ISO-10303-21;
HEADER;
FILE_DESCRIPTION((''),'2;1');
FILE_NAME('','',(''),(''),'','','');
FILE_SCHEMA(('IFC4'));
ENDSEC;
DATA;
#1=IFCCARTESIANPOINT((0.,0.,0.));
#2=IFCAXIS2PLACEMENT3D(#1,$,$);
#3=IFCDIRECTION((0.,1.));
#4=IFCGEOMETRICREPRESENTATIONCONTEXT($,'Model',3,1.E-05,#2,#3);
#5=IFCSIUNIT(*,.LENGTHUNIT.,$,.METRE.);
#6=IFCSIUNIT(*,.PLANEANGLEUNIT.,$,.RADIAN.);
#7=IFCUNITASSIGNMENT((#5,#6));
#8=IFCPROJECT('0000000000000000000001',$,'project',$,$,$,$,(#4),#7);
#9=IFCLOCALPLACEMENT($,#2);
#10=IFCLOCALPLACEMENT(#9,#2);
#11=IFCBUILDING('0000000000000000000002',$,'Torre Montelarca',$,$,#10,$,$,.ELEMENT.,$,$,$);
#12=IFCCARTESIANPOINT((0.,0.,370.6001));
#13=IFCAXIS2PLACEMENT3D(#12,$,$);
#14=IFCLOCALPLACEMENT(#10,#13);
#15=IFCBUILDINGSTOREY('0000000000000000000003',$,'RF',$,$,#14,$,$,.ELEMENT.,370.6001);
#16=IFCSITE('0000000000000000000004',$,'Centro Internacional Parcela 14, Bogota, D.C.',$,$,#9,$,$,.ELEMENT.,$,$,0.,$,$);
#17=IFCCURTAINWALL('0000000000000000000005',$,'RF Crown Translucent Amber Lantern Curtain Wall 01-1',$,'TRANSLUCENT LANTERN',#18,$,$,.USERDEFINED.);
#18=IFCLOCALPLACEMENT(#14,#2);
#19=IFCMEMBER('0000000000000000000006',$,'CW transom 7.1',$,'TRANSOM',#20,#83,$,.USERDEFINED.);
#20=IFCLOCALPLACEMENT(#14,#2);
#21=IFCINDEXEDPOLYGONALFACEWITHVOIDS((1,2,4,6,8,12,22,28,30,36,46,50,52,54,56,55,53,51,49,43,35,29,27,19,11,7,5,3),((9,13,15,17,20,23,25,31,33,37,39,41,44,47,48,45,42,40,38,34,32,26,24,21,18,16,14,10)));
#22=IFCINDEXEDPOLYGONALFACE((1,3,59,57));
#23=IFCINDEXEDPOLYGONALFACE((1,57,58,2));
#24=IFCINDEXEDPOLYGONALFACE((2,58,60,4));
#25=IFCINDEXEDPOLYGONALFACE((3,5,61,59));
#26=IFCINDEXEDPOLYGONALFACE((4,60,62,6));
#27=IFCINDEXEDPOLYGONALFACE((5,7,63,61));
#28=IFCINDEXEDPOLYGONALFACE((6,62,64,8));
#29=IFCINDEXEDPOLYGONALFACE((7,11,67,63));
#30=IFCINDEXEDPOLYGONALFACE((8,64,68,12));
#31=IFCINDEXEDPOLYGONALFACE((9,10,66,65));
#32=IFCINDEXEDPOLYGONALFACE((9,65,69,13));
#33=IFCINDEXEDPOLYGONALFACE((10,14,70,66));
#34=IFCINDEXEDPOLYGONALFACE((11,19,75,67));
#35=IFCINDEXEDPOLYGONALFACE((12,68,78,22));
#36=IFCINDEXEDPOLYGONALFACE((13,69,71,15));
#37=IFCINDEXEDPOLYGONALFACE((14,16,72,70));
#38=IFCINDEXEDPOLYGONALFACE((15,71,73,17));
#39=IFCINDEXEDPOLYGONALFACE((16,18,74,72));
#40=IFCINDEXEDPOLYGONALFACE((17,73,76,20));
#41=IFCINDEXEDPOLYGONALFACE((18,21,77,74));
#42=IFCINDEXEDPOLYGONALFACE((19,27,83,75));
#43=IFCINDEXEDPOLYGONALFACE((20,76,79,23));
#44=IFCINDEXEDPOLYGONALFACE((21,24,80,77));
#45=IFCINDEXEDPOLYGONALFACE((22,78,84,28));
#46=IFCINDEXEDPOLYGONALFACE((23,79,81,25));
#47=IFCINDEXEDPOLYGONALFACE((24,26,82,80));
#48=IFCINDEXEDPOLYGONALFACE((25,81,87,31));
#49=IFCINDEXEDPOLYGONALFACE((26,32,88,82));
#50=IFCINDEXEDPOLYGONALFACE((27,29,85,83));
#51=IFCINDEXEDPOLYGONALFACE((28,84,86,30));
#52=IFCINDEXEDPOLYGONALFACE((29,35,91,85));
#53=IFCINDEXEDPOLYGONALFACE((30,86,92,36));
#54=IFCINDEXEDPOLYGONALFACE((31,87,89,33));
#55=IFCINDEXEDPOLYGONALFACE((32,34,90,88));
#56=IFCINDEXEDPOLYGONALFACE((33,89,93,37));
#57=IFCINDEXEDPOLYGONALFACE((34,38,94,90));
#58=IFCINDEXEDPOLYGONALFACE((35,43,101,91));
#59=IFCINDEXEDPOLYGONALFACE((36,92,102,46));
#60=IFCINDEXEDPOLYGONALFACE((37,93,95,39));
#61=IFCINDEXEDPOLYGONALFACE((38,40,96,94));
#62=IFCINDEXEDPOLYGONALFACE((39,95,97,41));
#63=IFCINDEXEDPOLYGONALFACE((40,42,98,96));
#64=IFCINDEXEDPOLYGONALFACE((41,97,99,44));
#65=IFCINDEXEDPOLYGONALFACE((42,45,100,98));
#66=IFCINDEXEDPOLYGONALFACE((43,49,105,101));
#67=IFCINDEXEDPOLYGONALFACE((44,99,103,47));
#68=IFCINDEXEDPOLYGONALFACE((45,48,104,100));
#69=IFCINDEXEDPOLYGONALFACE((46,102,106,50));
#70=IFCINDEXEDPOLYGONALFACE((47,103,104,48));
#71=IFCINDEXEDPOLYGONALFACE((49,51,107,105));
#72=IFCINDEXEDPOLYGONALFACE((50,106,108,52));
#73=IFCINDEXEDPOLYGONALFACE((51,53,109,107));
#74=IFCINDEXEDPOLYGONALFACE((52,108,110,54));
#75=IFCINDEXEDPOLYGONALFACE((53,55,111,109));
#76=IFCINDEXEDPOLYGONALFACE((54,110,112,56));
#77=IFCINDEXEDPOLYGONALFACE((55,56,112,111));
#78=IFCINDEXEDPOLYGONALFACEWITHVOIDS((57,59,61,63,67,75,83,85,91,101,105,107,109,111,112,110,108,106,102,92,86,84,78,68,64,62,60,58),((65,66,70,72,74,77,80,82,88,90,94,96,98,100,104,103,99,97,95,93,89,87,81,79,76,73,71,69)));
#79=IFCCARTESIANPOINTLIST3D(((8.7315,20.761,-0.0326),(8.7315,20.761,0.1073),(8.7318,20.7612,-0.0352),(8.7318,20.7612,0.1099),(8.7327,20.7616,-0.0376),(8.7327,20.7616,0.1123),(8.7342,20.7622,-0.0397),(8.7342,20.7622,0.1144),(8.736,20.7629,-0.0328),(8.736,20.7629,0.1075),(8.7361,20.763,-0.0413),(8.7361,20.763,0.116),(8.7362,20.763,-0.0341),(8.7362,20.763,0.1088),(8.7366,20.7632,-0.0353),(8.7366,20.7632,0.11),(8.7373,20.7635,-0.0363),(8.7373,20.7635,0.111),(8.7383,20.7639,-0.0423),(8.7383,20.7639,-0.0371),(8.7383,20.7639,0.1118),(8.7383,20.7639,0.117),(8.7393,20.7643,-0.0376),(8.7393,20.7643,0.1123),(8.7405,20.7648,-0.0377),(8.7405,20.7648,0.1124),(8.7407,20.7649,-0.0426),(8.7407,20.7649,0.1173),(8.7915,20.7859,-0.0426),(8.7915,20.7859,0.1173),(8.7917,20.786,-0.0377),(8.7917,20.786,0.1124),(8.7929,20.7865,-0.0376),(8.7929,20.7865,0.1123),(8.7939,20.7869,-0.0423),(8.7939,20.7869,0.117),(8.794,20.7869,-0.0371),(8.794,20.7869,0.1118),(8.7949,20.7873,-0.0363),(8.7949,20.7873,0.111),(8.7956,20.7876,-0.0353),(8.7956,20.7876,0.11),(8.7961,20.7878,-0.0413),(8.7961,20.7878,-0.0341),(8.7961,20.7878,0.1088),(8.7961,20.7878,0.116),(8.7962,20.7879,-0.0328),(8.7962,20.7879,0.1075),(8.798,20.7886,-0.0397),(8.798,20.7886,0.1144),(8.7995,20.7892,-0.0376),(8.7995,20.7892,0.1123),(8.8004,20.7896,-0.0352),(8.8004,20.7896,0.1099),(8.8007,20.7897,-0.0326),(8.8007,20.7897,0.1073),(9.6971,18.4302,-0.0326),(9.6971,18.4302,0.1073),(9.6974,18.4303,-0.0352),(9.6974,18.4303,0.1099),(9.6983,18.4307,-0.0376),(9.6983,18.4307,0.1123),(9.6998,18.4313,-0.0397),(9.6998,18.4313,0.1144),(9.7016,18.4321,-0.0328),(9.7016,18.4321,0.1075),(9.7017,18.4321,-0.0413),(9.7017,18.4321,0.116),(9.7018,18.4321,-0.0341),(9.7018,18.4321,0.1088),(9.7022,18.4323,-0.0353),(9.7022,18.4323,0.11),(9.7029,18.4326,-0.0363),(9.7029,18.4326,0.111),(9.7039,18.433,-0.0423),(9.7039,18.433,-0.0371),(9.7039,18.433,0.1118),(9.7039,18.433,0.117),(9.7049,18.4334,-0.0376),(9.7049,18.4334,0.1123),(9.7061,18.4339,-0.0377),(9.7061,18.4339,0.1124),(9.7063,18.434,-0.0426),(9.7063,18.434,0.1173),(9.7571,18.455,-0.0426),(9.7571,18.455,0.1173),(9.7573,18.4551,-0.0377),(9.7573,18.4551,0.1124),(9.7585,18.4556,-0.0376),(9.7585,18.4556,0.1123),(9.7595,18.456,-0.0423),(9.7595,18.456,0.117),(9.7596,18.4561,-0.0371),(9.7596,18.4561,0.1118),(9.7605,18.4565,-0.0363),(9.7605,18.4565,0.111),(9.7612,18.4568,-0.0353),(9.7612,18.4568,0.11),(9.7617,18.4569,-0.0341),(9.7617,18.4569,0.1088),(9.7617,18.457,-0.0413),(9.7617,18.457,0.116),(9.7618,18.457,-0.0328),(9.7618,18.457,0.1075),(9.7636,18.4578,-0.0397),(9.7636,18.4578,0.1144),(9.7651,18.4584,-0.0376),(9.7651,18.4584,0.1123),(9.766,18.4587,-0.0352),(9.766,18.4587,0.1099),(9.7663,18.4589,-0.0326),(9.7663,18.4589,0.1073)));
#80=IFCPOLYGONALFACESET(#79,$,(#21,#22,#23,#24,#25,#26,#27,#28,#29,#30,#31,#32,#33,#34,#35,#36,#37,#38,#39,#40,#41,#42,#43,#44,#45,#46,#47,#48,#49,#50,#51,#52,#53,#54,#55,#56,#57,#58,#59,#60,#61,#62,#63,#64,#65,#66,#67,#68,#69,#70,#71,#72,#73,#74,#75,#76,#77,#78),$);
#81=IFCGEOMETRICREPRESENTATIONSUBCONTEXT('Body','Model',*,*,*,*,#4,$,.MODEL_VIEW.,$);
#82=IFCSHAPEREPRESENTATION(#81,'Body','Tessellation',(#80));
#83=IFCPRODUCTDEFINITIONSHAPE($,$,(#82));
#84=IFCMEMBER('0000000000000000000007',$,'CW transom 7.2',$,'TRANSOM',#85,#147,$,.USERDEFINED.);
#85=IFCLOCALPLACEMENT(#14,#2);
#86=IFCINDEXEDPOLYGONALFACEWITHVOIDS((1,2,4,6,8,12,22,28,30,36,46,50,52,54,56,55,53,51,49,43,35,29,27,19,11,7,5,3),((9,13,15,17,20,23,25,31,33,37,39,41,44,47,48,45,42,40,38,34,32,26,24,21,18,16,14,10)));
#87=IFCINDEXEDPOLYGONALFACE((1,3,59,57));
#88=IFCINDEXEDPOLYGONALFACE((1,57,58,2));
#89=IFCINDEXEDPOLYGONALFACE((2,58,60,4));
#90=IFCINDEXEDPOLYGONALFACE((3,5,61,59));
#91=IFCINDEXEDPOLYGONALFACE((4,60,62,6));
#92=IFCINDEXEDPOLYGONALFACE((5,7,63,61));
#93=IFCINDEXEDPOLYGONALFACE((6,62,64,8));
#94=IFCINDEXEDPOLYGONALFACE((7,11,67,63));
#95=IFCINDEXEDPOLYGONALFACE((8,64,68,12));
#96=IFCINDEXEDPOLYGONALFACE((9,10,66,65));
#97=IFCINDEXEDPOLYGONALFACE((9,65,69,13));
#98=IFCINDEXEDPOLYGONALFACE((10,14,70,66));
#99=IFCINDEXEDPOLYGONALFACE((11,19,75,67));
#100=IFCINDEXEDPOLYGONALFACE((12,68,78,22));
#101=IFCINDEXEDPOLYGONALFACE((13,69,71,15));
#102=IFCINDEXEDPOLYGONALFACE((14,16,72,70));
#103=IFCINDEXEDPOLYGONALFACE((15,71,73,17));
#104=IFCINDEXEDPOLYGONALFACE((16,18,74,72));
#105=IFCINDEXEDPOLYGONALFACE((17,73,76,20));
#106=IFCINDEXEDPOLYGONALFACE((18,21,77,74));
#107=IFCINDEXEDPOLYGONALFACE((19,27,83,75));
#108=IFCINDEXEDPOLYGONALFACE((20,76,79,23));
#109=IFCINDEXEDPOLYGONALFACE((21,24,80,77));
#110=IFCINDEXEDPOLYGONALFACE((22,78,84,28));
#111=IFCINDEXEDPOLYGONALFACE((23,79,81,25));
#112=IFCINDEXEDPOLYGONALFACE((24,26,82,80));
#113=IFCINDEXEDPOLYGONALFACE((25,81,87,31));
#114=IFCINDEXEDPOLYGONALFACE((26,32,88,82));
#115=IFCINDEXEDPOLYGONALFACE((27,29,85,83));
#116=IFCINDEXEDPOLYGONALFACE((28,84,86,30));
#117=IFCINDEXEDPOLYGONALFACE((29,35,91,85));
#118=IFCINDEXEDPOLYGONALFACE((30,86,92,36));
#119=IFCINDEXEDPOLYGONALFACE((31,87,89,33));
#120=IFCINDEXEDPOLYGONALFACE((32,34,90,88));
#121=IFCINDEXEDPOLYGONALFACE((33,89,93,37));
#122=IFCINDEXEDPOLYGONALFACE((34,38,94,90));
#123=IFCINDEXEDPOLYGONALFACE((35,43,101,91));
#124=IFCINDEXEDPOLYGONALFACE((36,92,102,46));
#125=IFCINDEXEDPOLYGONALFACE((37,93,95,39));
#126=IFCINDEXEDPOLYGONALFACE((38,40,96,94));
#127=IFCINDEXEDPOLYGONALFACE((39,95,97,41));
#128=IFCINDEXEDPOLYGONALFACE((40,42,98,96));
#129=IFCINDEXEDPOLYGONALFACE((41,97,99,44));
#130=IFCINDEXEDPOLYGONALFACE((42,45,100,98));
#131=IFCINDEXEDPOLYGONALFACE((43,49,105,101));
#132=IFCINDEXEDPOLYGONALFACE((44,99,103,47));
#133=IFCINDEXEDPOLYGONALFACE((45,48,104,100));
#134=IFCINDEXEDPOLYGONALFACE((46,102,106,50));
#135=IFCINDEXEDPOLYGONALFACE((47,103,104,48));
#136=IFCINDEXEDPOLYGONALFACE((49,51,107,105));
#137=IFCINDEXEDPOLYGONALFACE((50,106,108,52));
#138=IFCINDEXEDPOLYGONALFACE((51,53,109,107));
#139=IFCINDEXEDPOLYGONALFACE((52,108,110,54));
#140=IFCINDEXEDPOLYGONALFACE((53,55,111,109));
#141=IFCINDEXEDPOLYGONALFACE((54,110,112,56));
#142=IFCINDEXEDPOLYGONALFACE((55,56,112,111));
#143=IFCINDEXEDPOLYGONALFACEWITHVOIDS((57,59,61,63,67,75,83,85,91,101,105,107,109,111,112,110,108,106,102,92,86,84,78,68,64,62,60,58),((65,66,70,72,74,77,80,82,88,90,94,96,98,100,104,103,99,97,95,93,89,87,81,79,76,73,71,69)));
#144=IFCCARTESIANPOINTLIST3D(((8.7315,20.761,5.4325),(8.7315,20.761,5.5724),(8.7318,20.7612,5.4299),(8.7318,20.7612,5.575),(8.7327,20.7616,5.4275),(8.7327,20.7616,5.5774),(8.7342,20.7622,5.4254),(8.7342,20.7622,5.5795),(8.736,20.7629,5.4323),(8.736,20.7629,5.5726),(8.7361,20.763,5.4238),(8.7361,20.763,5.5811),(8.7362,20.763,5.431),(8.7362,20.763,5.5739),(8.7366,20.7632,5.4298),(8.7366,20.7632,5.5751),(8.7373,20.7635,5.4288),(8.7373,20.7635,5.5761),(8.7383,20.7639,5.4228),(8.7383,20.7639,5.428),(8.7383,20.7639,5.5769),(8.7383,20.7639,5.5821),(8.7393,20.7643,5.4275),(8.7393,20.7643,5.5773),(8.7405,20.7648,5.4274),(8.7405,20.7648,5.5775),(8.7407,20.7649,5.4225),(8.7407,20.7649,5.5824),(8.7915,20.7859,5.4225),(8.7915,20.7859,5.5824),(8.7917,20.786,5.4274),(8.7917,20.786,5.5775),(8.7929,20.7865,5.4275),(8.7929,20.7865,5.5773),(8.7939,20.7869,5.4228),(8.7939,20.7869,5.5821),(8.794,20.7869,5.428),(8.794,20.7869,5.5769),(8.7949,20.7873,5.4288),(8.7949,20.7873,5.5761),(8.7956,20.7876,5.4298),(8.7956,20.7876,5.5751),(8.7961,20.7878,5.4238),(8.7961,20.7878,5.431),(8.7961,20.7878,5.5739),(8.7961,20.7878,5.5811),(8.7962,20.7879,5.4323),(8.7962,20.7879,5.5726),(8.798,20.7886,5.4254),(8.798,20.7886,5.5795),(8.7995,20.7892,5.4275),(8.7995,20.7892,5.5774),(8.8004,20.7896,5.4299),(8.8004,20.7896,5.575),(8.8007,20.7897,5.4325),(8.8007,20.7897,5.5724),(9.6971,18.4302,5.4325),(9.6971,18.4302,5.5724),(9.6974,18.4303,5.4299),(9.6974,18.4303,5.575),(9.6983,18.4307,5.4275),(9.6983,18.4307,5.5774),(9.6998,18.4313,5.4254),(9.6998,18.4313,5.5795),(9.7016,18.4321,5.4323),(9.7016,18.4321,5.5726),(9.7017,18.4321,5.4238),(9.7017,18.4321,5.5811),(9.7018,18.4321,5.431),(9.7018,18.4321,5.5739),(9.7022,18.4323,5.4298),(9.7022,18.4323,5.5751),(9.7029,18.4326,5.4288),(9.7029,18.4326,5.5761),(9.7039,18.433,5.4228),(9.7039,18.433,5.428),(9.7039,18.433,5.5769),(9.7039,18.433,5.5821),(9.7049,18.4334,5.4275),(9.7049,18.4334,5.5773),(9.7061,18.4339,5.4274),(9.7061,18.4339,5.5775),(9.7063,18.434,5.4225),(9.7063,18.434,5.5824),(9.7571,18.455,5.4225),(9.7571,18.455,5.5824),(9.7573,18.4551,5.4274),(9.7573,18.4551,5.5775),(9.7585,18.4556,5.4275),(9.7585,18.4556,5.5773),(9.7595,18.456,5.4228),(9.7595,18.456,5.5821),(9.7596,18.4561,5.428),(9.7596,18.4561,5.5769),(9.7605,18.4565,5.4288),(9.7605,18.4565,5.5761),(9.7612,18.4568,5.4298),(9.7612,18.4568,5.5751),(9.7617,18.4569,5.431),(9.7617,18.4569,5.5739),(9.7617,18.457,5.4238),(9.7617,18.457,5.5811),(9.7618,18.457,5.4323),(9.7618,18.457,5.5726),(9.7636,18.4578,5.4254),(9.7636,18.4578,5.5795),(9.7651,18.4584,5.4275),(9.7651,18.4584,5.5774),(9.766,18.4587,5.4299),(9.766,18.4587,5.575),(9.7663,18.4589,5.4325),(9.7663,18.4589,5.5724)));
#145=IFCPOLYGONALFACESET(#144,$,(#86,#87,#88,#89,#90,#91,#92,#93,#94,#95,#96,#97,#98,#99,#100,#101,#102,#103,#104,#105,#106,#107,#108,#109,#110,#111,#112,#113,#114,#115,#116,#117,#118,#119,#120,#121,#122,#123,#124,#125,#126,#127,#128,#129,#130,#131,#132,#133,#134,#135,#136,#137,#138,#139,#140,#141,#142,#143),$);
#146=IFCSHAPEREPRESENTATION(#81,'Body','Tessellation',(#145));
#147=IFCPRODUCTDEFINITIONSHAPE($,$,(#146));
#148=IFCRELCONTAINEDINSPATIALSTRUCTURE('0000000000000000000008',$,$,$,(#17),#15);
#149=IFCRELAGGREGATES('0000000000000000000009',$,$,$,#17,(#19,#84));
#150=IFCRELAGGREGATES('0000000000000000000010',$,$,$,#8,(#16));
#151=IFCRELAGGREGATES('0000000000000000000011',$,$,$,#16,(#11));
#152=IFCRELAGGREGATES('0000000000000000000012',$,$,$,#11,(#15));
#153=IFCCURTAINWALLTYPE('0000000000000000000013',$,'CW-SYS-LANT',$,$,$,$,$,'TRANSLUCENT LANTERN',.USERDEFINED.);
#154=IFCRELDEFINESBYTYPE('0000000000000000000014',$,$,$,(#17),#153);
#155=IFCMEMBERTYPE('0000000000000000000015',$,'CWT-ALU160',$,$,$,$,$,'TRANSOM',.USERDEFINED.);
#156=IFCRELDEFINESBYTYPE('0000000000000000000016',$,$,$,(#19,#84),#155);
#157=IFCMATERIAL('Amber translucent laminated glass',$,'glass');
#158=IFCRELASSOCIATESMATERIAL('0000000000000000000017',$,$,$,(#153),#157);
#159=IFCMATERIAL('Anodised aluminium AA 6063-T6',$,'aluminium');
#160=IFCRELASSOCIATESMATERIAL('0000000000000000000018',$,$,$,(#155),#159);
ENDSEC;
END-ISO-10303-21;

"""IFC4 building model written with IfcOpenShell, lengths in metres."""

from ifc_helpers import new_model, si_unit, direction, frame, origin, origin_2d, place, context, subcontext, project, spatial, hollow_rectangle, extrude, source, transform, mapped, material, material_profile, profile_set, type_object, element, aggregate, save


model = new_model("IFC4")

# Units and contexts
model_context = context("Model", 3, precision=1e-05, world=origin(), true_north=direction((0.0, 1.0)))
body_context = subcontext(model_context, "Body", "Model", "MODEL_VIEW")
ifc_project = project(units=[si_unit("LENGTHUNIT", "METRE"), si_unit("PLANEANGLEUNIT", "RADIAN")], contexts=[model_context])

# Site, building, storey
site_placement = place(None, origin())
site = spatial("IfcSite", under=ifc_project, at=site_placement, Name="Centro Internacional Parcela 14, Bogota, D.C.", CompositionType="ELEMENT", RefElevation=0.0)
building_placement = place(site_placement, origin())
building = spatial("IfcBuilding", under=site, at=building_placement, Name="Torre Montelarca", CompositionType="ELEMENT")
storey_placement = place(building_placement, frame((0.0, 0.0, 370.6001)))
storey = spatial("IfcBuildingStorey", under=building, at=storey_placement, Name="RF", CompositionType="ELEMENT", Elevation=370.6001)

# Curtain wall
ifc_material_1 = material(Name="Amber translucent laminated glass", Category="glass")
curtain_wall_type = type_object("IfcCurtainWallType", Name="CW-SYS-LANT", ElementType="TRANSLUCENT LANTERN", PredefinedType="USERDEFINED", material=ifc_material_1)
curtain_wall_1_placement = place(storey_placement, origin())
curtain_wall_1 = element("IfcCurtainWall", 1, at=curtain_wall_1_placement, inside=storey, type_object=curtain_wall_type, Name="RF Crown Translucent Amber Lantern Curtain Wall 01-1", ObjectType="TRANSLUCENT LANTERN", PredefinedType="USERDEFINED")
ifc_material_2 = material(Name="Anodised aluminium AA 6063-T6", Category="aluminium")

# Members
ifc_material_profile_1 = material_profile(ifc_material_2, hollow_rectangle(XDim=0.075, YDim=0.1599, WallThickness=0.0049, InnerFilletRadius=0.0049, OuterFilletRadius=0.01, at=origin_2d()), Name="ALU75X160X5", Category="aluminium")
ifc_profile_set_1 = profile_set([ifc_material_profile_1], Name="Anodised aluminium AA 6063-T6")
member_type_1 = type_object("IfcMemberType", Name="CWT-ALU160", ElementType="TRANSOM", PredefinedType="USERDEFINED", material=ifc_profile_set_1)
shared_shape_1 = source(origin(), body_context, "Body", "SweptSolid", [
    extrude(hollow_rectangle(XDim=0.075, YDim=0.1599, WallThickness=0.0049, InnerFilletRadius=0.0049, OuterFilletRadius=0.01, at=origin_2d()), origin(), (0.0, 0.0, 1.0), 2.5229),
])
member_1_placement = place(storey_placement, frame((8.7661, 20.7754, 0.0374), z_axis=(0.382725, -0.923862, 0.0), x_axis=(0.923862, 0.382725, 0.0)))
member_1 = element("IfcMember", 2, at=member_1_placement, type_object=member_type_1, Name="CW transom 7.1", ObjectType="TRANSOM", PredefinedType="USERDEFINED", context=body_context, shape_type="MappedRepresentation", body=[
    mapped(shared_shape_1, transform((0.0, 0.0, 0.0), scale=1.0)),
])
member_2_placement = place(storey_placement, frame((8.7661, 20.7754, 5.5024), z_axis=(0.382725, -0.923862, 0.0), x_axis=(0.923862, 0.382725, 0.0)))
member_2 = element("IfcMember", 3, at=member_2_placement, type_object=member_type_1, Name="CW transom 7.2", ObjectType="TRANSOM", PredefinedType="USERDEFINED", context=body_context, shape_type="MappedRepresentation", body=[
    mapped(shared_shape_1, transform((0.0, 0.0, 0.0), scale=1.0)),
])

aggregate(curtain_wall_1, [member_1, member_2])

save(model, "model.ifc")
